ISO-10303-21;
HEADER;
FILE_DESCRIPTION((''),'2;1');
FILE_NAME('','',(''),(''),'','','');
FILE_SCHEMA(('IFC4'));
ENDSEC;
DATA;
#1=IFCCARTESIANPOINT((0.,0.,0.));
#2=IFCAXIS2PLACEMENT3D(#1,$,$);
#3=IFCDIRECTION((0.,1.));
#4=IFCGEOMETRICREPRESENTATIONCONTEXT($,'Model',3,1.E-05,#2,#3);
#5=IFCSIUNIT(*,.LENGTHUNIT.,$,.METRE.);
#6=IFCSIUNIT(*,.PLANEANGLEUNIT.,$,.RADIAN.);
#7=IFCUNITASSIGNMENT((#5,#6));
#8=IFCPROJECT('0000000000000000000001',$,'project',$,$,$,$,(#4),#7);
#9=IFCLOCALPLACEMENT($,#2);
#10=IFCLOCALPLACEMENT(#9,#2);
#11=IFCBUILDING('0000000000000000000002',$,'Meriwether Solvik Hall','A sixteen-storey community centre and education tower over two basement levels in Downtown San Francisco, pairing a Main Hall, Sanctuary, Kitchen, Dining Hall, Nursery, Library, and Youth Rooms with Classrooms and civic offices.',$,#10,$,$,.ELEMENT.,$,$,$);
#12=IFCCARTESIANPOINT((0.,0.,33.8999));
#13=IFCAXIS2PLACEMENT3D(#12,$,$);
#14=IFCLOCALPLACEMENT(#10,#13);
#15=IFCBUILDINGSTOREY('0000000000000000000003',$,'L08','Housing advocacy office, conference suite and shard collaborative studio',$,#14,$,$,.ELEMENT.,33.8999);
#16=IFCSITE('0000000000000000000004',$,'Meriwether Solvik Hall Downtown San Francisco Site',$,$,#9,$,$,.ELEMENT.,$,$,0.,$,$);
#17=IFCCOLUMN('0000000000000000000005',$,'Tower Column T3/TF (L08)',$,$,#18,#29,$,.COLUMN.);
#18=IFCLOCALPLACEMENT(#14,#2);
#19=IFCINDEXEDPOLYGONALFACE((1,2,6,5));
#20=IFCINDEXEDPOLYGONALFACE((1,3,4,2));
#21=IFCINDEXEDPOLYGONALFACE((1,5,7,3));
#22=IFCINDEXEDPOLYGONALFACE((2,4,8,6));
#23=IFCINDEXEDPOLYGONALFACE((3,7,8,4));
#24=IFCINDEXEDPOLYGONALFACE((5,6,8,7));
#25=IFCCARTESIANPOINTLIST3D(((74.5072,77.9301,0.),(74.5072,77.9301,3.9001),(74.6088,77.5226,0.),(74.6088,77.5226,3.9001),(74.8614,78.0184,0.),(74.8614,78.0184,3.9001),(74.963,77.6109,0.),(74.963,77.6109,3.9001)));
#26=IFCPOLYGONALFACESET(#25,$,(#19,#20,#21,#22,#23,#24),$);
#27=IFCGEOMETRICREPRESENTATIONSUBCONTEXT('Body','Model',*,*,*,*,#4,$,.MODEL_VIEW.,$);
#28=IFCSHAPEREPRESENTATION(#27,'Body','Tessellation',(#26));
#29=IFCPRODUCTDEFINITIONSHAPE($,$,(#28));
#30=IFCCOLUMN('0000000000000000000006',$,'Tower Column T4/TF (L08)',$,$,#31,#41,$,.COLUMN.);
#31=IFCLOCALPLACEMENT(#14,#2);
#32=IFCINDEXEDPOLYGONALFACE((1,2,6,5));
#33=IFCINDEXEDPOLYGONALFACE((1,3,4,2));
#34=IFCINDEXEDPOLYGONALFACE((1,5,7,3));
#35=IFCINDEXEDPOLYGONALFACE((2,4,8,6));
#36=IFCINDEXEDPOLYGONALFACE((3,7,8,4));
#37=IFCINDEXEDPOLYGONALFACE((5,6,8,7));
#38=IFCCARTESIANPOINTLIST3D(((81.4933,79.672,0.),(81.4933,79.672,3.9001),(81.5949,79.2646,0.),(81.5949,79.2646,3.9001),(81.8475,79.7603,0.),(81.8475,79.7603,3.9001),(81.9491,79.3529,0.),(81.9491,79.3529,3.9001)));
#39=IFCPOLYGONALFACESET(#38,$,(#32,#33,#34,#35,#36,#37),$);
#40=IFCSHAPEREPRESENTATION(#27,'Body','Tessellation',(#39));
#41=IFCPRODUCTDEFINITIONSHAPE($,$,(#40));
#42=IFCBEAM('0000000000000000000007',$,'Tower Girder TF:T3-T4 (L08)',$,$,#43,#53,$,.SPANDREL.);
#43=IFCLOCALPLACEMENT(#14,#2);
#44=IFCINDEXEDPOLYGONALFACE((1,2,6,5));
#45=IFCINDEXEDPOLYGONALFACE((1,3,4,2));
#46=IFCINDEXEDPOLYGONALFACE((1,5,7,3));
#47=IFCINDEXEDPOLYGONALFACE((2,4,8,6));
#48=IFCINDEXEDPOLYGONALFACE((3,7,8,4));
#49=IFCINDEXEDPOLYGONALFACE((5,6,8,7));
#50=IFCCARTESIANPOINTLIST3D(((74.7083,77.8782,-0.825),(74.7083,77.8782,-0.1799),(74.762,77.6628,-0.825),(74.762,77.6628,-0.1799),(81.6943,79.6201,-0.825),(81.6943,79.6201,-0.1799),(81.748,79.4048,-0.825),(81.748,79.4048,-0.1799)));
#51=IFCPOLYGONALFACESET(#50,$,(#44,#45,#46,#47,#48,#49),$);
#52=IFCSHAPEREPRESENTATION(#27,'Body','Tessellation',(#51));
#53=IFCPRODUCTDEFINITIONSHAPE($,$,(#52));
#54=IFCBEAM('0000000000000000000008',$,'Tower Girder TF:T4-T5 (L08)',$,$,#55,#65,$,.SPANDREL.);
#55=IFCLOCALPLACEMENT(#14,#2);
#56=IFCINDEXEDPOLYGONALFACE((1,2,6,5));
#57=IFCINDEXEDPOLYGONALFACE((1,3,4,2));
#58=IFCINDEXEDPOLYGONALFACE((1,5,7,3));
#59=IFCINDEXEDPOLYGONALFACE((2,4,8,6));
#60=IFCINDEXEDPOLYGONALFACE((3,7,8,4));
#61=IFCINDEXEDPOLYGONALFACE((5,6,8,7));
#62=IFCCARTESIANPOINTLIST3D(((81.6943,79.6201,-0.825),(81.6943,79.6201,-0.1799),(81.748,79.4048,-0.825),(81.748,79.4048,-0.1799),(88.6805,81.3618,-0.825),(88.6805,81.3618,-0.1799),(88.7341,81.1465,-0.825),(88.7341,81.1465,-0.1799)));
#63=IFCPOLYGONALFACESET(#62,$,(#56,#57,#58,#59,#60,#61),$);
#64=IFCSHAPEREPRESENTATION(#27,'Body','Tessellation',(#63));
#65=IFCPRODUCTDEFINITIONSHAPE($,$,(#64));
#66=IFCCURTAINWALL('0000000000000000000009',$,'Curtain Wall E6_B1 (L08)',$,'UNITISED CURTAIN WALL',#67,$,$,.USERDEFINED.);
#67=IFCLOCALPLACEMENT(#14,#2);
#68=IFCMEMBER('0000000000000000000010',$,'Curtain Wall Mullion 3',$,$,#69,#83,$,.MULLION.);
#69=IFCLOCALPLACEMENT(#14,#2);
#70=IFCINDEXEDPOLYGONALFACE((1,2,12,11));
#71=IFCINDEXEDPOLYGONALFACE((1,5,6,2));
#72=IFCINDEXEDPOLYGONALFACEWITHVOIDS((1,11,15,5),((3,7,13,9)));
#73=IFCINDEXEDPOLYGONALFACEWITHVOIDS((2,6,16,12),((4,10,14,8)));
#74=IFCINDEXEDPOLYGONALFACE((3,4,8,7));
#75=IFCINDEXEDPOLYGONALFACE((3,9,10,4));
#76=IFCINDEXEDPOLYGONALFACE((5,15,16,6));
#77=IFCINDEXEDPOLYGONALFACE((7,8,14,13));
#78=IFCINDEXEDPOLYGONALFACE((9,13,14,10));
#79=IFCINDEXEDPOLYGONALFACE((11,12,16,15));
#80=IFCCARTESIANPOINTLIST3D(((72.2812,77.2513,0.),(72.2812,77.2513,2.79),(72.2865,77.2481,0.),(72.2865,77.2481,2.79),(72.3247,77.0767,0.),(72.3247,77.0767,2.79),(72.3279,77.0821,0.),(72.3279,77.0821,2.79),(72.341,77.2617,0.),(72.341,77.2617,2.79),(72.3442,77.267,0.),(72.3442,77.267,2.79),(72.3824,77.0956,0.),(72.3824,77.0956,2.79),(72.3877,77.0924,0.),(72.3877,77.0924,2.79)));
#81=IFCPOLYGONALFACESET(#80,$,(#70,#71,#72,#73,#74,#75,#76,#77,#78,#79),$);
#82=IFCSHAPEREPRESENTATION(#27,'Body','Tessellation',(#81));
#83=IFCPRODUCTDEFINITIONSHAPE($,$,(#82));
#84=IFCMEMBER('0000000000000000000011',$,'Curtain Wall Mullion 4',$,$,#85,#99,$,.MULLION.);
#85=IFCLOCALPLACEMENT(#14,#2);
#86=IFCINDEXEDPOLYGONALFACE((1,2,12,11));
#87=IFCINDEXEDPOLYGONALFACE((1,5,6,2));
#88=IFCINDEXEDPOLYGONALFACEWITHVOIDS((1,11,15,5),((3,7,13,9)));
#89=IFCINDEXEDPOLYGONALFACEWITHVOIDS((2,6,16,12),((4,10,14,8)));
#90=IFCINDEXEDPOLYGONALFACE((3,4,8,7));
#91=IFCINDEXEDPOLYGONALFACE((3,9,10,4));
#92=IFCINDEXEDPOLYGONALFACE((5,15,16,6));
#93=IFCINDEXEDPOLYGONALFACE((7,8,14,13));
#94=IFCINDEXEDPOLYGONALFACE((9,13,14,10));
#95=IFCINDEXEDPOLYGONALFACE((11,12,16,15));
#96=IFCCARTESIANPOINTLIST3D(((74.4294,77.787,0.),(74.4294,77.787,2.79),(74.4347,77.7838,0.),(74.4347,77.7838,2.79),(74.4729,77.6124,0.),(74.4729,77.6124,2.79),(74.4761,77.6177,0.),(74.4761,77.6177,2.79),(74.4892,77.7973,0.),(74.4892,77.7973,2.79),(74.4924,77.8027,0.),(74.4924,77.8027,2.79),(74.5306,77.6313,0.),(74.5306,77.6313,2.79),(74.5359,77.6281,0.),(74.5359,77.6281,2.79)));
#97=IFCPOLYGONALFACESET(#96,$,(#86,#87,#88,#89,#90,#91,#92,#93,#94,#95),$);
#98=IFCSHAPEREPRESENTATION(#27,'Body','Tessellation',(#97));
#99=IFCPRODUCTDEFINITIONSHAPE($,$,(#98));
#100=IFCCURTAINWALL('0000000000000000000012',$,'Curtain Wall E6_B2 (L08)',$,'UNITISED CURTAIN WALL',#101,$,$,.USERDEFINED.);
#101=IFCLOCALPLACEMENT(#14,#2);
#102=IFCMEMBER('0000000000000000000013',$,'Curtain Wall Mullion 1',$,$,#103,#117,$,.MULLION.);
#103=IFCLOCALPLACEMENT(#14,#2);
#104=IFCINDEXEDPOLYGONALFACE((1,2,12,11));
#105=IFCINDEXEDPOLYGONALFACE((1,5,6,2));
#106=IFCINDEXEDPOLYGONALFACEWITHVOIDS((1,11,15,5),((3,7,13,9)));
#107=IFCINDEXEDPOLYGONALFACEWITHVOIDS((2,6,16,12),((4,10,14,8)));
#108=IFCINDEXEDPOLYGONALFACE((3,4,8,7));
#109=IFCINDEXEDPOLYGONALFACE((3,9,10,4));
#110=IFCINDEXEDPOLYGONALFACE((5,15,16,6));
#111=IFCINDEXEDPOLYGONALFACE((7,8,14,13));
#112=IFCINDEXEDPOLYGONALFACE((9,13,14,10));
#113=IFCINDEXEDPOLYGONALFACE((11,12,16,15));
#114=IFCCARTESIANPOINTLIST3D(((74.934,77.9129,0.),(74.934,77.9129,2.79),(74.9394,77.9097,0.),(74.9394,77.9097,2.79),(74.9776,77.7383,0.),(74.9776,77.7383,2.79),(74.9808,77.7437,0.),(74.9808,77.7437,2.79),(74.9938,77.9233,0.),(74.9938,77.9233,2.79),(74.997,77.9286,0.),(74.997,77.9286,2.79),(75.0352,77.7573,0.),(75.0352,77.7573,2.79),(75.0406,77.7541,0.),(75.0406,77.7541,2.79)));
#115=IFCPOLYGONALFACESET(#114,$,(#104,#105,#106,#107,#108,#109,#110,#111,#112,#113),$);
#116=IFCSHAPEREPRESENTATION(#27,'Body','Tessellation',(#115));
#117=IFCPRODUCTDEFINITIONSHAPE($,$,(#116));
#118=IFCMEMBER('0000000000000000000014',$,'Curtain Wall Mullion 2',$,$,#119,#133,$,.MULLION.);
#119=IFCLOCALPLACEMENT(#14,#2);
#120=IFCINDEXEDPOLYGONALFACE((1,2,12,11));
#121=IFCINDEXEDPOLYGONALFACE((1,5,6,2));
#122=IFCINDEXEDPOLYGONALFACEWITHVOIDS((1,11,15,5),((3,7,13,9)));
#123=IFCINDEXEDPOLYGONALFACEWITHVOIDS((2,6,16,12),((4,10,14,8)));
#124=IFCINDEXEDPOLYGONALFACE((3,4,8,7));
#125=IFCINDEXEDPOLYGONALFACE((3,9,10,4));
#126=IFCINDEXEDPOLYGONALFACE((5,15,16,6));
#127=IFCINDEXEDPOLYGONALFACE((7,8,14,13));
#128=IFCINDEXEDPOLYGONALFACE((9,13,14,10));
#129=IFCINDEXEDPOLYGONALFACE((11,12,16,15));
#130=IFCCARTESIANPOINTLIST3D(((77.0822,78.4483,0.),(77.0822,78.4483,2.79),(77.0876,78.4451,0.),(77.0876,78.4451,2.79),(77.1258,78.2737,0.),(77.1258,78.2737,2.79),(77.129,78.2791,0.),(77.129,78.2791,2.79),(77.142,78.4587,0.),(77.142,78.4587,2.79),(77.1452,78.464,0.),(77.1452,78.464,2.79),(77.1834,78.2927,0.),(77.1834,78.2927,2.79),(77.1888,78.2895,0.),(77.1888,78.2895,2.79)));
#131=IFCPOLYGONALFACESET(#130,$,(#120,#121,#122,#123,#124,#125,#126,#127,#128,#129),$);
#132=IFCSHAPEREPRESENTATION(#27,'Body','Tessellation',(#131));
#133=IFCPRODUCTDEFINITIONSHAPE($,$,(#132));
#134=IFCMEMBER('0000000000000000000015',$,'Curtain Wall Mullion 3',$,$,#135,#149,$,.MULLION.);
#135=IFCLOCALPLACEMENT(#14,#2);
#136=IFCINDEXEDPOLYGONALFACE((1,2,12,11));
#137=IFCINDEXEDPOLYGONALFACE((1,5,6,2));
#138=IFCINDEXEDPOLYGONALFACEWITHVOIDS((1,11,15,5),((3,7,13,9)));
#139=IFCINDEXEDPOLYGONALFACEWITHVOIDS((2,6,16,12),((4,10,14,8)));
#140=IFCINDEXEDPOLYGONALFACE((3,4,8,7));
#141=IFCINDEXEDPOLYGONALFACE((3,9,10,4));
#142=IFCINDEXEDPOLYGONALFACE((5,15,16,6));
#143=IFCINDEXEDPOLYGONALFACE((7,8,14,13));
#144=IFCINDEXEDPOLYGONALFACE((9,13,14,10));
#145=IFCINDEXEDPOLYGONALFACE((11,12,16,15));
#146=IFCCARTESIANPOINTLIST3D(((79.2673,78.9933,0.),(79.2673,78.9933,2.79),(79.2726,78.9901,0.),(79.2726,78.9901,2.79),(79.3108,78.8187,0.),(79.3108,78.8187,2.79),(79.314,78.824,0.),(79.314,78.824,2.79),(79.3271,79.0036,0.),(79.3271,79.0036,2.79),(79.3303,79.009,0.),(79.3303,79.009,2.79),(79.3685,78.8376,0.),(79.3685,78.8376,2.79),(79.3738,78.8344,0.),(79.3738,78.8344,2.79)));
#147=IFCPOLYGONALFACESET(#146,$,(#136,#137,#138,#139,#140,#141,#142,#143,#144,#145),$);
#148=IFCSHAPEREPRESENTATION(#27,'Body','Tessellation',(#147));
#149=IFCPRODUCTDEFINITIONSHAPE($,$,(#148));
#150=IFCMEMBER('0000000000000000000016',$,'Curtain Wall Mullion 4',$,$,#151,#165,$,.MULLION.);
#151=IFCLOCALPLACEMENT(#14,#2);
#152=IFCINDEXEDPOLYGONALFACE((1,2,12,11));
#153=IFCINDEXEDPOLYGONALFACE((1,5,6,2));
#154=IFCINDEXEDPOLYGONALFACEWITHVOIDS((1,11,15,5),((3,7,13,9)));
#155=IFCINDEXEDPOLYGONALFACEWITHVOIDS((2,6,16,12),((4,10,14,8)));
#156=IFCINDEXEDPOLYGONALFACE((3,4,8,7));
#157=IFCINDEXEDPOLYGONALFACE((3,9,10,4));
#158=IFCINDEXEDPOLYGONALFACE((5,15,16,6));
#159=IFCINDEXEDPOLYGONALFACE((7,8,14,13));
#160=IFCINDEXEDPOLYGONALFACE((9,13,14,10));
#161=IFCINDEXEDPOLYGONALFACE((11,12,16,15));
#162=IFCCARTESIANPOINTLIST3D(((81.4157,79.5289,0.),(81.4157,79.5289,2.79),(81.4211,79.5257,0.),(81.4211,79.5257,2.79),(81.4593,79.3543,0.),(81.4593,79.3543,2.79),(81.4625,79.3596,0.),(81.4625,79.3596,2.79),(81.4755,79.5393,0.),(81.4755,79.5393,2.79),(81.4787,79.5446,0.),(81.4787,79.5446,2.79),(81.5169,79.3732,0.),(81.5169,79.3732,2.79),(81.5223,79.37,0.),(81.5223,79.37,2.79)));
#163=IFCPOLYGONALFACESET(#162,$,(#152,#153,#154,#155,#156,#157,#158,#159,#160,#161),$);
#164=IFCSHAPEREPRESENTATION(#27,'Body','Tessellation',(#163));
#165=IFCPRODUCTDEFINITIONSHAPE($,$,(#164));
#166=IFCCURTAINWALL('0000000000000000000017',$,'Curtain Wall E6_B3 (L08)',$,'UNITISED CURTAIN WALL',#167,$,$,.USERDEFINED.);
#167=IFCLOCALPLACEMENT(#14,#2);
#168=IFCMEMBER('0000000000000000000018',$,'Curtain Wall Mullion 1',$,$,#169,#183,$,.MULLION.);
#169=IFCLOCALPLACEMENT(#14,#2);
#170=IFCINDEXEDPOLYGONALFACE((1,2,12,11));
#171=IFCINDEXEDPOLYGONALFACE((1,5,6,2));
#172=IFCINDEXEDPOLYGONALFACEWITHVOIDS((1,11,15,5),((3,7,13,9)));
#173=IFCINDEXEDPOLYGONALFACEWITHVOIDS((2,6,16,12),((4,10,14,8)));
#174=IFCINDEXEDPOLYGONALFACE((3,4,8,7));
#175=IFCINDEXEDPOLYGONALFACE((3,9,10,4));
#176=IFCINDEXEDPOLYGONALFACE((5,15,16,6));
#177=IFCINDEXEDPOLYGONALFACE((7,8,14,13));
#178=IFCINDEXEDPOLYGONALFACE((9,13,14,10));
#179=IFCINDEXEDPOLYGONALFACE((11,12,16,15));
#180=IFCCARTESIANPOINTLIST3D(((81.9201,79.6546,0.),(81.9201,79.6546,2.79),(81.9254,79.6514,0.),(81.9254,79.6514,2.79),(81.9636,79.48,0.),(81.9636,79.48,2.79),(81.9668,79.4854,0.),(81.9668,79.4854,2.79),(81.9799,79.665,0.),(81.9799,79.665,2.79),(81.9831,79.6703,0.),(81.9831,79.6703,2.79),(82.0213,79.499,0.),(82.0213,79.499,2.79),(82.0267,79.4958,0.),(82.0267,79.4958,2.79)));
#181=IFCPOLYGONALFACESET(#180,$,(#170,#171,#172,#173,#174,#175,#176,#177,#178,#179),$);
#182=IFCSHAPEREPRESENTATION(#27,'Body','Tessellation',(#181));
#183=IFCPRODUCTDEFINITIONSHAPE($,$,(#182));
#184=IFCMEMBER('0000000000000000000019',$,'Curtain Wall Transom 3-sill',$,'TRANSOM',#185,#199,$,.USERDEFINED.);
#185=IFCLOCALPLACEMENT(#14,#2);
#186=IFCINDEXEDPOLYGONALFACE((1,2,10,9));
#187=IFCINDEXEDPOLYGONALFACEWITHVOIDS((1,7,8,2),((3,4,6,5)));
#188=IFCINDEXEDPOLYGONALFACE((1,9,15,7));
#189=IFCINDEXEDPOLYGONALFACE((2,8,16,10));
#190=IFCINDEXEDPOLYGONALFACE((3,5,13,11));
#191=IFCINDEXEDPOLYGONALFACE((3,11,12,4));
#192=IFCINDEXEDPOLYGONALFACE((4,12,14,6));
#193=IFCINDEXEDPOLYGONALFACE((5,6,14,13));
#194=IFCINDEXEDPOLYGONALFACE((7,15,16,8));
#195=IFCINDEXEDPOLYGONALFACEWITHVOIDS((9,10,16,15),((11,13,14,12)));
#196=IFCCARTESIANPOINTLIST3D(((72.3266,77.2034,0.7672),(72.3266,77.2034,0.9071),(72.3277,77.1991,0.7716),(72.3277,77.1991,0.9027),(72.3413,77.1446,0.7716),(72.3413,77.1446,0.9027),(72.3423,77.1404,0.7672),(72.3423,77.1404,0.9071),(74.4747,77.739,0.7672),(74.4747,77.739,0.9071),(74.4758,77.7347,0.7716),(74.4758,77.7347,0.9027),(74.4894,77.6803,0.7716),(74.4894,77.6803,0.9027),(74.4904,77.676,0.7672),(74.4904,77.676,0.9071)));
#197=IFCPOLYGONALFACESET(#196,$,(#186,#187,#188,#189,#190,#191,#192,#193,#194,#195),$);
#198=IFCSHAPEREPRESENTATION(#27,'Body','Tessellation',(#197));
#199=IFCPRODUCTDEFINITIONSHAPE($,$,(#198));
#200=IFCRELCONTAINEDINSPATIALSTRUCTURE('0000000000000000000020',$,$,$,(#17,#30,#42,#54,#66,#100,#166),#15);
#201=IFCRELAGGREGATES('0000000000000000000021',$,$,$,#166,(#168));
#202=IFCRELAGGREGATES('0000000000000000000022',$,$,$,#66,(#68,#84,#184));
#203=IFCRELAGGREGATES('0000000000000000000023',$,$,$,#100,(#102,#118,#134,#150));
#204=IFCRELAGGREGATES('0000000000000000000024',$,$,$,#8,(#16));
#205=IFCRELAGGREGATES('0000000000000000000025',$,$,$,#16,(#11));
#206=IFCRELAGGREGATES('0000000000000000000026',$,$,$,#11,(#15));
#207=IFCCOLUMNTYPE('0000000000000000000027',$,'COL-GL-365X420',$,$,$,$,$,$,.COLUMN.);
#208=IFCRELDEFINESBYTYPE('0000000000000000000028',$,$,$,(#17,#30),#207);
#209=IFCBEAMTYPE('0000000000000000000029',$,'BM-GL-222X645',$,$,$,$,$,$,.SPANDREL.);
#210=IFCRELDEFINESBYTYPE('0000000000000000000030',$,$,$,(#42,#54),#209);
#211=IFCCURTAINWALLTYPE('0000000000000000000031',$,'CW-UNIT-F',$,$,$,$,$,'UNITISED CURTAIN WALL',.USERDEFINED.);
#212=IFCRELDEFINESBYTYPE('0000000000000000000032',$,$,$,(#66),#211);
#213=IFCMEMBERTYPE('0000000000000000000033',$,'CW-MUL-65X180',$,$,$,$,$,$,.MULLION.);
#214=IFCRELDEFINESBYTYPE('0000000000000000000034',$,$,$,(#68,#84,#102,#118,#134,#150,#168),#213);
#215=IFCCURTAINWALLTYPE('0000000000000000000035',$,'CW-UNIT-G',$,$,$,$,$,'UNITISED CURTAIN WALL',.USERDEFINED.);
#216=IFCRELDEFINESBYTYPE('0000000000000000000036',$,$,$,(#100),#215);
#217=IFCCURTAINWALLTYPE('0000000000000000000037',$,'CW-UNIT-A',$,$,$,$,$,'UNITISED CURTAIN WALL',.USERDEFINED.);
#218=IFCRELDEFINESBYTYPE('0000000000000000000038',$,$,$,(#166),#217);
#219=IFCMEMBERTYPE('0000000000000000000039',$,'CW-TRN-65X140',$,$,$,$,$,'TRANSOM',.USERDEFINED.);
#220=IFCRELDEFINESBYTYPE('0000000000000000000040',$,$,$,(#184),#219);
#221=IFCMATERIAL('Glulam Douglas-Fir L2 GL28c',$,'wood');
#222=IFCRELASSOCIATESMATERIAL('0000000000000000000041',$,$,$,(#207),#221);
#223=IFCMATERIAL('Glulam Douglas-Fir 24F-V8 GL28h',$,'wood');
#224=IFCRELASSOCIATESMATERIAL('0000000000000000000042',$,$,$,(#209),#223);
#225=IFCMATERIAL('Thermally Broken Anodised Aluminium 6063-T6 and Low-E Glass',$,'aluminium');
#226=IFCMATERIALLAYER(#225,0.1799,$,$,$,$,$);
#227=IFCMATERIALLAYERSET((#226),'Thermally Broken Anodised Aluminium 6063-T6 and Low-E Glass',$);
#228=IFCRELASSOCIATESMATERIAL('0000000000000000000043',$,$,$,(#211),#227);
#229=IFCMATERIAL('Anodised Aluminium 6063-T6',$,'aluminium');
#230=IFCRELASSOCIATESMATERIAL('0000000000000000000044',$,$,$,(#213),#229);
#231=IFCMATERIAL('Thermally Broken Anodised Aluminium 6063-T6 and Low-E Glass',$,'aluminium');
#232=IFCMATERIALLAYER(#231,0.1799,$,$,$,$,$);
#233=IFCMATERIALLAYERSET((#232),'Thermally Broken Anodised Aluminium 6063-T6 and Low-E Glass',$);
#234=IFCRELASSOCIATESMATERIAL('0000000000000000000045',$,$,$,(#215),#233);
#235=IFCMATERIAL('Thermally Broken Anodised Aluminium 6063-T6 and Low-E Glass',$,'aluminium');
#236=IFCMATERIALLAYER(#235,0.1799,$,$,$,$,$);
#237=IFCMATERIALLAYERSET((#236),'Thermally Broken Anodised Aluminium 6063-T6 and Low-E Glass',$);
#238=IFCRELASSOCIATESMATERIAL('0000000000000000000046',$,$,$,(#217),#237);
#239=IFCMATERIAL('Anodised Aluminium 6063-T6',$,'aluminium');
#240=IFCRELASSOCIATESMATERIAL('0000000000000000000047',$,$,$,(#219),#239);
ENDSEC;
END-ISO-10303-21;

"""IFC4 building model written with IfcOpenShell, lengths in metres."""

from ifc_helpers import new_model, si_unit, direction, frame, origin, origin_2d, place, context, subcontext, project, spatial, rectangle, hollow_rectangle, extrude, material, layer, layer_set, material_profile, profile_set, type_object, element, aggregate, save


model = new_model("IFC4")

# Units and contexts
model_context = context("Model", 3, precision=1e-05, world=origin(), true_north=direction((0.0, 1.0)))
body_context = subcontext(model_context, "Body", "Model", "MODEL_VIEW")
ifc_project = project(units=[si_unit("LENGTHUNIT", "METRE"), si_unit("PLANEANGLEUNIT", "RADIAN")], contexts=[model_context])

# Site, building, storey
site_placement = place(None, origin())
site = spatial("IfcSite", under=ifc_project, at=site_placement, Name="Meriwether Solvik Hall Downtown San Francisco Site", CompositionType="ELEMENT", RefElevation=0.0)
building_placement = place(site_placement, origin())
building = spatial("IfcBuilding", under=site, at=building_placement, Name="Meriwether Solvik Hall", Description="A sixteen-storey community centre and education tower over two basement levels in Downtown San Francisco, pairing a Main Hall, Sanctuary, Kitchen, Dining Hall, Nursery, Library, and Youth Rooms with Classrooms and civic offices.", CompositionType="ELEMENT")
storey_placement = place(building_placement, frame((0.0, 0.0, 33.8999)))
storey = spatial("IfcBuildingStorey", under=building, at=storey_placement, Name="L08", Description="Housing advocacy office, conference suite and shard collaborative studio", CompositionType="ELEMENT", Elevation=33.8999)

# Columns
ifc_material_1 = material(Name="Glulam Douglas-Fir L2 GL28c", Category="wood")
ifc_material_profile_1 = material_profile(ifc_material_1, rectangle(XDim=0.365, YDim=0.4199, at=origin_2d()), Name="GLC-365X420")
ifc_profile_set_1 = profile_set([ifc_material_profile_1], Name="Glulam Douglas-Fir L2 GL28c")
column_type = type_object("IfcColumnType", Name="COL-GL-365X420", PredefinedType="COLUMN", material=ifc_profile_set_1)
for number, where, z_axis, x_axis, name in (
    (1, (74.7351, 77.7705, 0.0), (0.0, 0.0, 1.0), (0.970296, 0.241922, 0.0), "Tower Column T3/TF (L08)"),
    (2, (81.7212, 79.5125, 0.0), (0.0, 0.0, 1.0), (0.970296, 0.241922, 0.0), "Tower Column T4/TF (L08)"),
):
    element("IfcColumn", number, at=place(storey_placement, frame(where, z_axis=z_axis, x_axis=x_axis)), inside=storey, type_object=column_type, Name=name, PredefinedType="COLUMN", context=body_context, shape_type="SweptSolid", body=[
        extrude(rectangle(XDim=0.365, YDim=0.4199, at=origin_2d()), origin(), (0.0, 0.0, 1.0), 3.9001),
    ])

# Beams
ifc_material_2 = material(Name="Glulam Douglas-Fir 24F-V8 GL28h", Category="wood")
ifc_material_profile_2 = material_profile(ifc_material_2, rectangle(XDim=0.2219, YDim=0.645, at=origin_2d()), Name="GLB-222X645")
ifc_profile_set_2 = profile_set([ifc_material_profile_2], Name="Glulam Douglas-Fir 24F-V8 GL28h")
beam_type_1 = type_object("IfcBeamType", Name="BM-GL-222X645", PredefinedType="SPANDREL", material=ifc_profile_set_2)
for number, where, z_axis, x_axis, name in (
    (3, (74.7351, 77.7705, -0.5024), (0.970292, 0.241937, 0.0), (-0.241937, 0.970292, 0.0), "Tower Girder TF:T3-T4 (L08)"),
    (4, (81.7212, 79.5125, -0.5024), (0.9703, 0.241905, 0.0), (-0.241905, 0.9703, 0.0), "Tower Girder TF:T4-T5 (L08)"),
):
    element("IfcBeam", number, at=place(storey_placement, frame(where, z_axis=z_axis, x_axis=x_axis)), inside=storey, type_object=beam_type_1, Name=name, PredefinedType="SPANDREL", context=body_context, shape_type="SweptSolid", body=[
        extrude(rectangle(XDim=0.2219, YDim=0.645, at=origin_2d()), origin(), (0.0, 0.0, 1.0), 7.2),
    ])

# Curtain walls, members
ifc_material_3 = material(Name="Thermally Broken Anodised Aluminium 6063-T6 and Low-E Glass", Category="aluminium")
ifc_layer_1 = layer(ifc_material_3, 0.1799)
ifc_layer_set_1 = layer_set([ifc_layer_1], Name="Thermally Broken Anodised Aluminium 6063-T6 and Low-E Glass")
curtain_wall_type_1 = type_object("IfcCurtainWallType", Name="CW-UNIT-F", ElementType="UNITISED CURTAIN WALL", PredefinedType="USERDEFINED", material=ifc_layer_set_1)
curtain_wall_1_placement = place(storey_placement, origin())
curtain_wall_1 = element("IfcCurtainWall", 5, at=curtain_wall_1_placement, inside=storey, type_object=curtain_wall_type_1, Name="Curtain Wall E6_B1 (L08)", ObjectType="UNITISED CURTAIN WALL", PredefinedType="USERDEFINED")
ifc_material_4 = material(Name="Anodised Aluminium 6063-T6", Category="aluminium")
ifc_material_profile_3 = material_profile(ifc_material_4, hollow_rectangle(XDim=0.0649, YDim=0.1799, WallThickness=0.0044, at=origin_2d()), Name="CWM-65X180")
ifc_profile_set_3 = profile_set([ifc_material_profile_3], Name="Anodised Aluminium 6063-T6")
member_type_1 = type_object("IfcMemberType", Name="CW-MUL-65X180", PredefinedType="MULLION", material=ifc_profile_set_3)
member_1_placement = place(storey_placement, frame((72.3345, 77.1719, 0.0), z_axis=(0.0, 0.0, 1.0), x_axis=(0.970296, 0.241922, 0.0)))
member_1 = element("IfcMember", 6, at=member_1_placement, type_object=member_type_1, Name="Curtain Wall Mullion 3", PredefinedType="MULLION", context=body_context, shape_type="SweptSolid", body=[
    extrude(hollow_rectangle(XDim=0.0649, YDim=0.1799, WallThickness=0.0044, at=origin_2d()), origin(), (0.0, 0.0, 1.0), 2.79),
])
member_2_placement = place(storey_placement, frame((74.4827, 77.7075, 0.0), z_axis=(0.0, 0.0, 1.0), x_axis=(0.970296, 0.241922, 0.0)))
member_2 = element("IfcMember", 7, at=member_2_placement, type_object=member_type_1, Name="Curtain Wall Mullion 4", PredefinedType="MULLION", context=body_context, shape_type="SweptSolid", body=[
    extrude(hollow_rectangle(XDim=0.0649, YDim=0.1799, WallThickness=0.0044, at=origin_2d()), origin(), (0.0, 0.0, 1.0), 2.79),
])
ifc_material_5 = material(Name="Thermally Broken Anodised Aluminium 6063-T6 and Low-E Glass", Category="aluminium")
ifc_layer_2 = layer(ifc_material_5, 0.1799)
ifc_layer_set_2 = layer_set([ifc_layer_2], Name="Thermally Broken Anodised Aluminium 6063-T6 and Low-E Glass")
curtain_wall_type_2 = type_object("IfcCurtainWallType", Name="CW-UNIT-G", ElementType="UNITISED CURTAIN WALL", PredefinedType="USERDEFINED", material=ifc_layer_set_2)
curtain_wall_2_placement = place(storey_placement, origin())
curtain_wall_2 = element("IfcCurtainWall", 8, at=curtain_wall_2_placement, inside=storey, type_object=curtain_wall_type_2, Name="Curtain Wall E6_B2 (L08)", ObjectType="UNITISED CURTAIN WALL", PredefinedType="USERDEFINED")
member_3_placement = place(storey_placement, frame((74.9873, 77.8335, 0.0), z_axis=(0.0, 0.0, 1.0), x_axis=(0.970296, 0.241922, 0.0)))
member_3 = element("IfcMember", 9, at=member_3_placement, type_object=member_type_1, Name="Curtain Wall Mullion 1", PredefinedType="MULLION", context=body_context, shape_type="SweptSolid", body=[
    extrude(hollow_rectangle(XDim=0.0649, YDim=0.1799, WallThickness=0.0044, at=origin_2d()), origin(), (0.0, 0.0, 1.0), 2.79),
])
member_4_placement = place(storey_placement, frame((77.1355, 78.3689, 0.0), z_axis=(0.0, 0.0, 1.0), x_axis=(0.970296, 0.241922, 0.0)))
member_4 = element("IfcMember", 10, at=member_4_placement, type_object=member_type_1, Name="Curtain Wall Mullion 2", PredefinedType="MULLION", context=body_context, shape_type="SweptSolid", body=[
    extrude(hollow_rectangle(XDim=0.0649, YDim=0.1799, WallThickness=0.0044, at=origin_2d()), origin(), (0.0, 0.0, 1.0), 2.79),
])
member_5_placement = place(storey_placement, frame((79.3206, 78.9138, 0.0), z_axis=(0.0, 0.0, 1.0), x_axis=(0.970296, 0.241922, 0.0)))
member_5 = element("IfcMember", 11, at=member_5_placement, type_object=member_type_1, Name="Curtain Wall Mullion 3", PredefinedType="MULLION", context=body_context, shape_type="SweptSolid", body=[
    extrude(hollow_rectangle(XDim=0.0649, YDim=0.1799, WallThickness=0.0044, at=origin_2d()), origin(), (0.0, 0.0, 1.0), 2.79),
])
member_6_placement = place(storey_placement, frame((81.469, 79.4495, 0.0), z_axis=(0.0, 0.0, 1.0), x_axis=(0.970296, 0.241922, 0.0)))
member_6 = element("IfcMember", 12, at=member_6_placement, type_object=member_type_1, Name="Curtain Wall Mullion 4", PredefinedType="MULLION", context=body_context, shape_type="SweptSolid", body=[
    extrude(hollow_rectangle(XDim=0.0649, YDim=0.1799, WallThickness=0.0044, at=origin_2d()), origin(), (0.0, 0.0, 1.0), 2.79),
])

# Curtain wall, member
ifc_material_6 = material(Name="Thermally Broken Anodised Aluminium 6063-T6 and Low-E Glass", Category="aluminium")
ifc_layer_3 = layer(ifc_material_6, 0.1799)
ifc_layer_set_3 = layer_set([ifc_layer_3], Name="Thermally Broken Anodised Aluminium 6063-T6 and Low-E Glass")
curtain_wall_type_3 = type_object("IfcCurtainWallType", Name="CW-UNIT-A", ElementType="UNITISED CURTAIN WALL", PredefinedType="USERDEFINED", material=ifc_layer_set_3)
curtain_wall_3_placement = place(storey_placement, origin())
curtain_wall_3 = element("IfcCurtainWall", 13, at=curtain_wall_3_placement, inside=storey, type_object=curtain_wall_type_3, Name="Curtain Wall E6_B3 (L08)", ObjectType="UNITISED CURTAIN WALL", PredefinedType="USERDEFINED")
member_7_placement = place(storey_placement, frame((81.9734, 79.5752, 0.0), z_axis=(0.0, 0.0, 1.0), x_axis=(0.970296, 0.241922, 0.0)))
member_7 = element("IfcMember", 14, at=member_7_placement, type_object=member_type_1, Name="Curtain Wall Mullion 1", PredefinedType="MULLION", context=body_context, shape_type="SweptSolid", body=[
    extrude(hollow_rectangle(XDim=0.0649, YDim=0.1799, WallThickness=0.0044, at=origin_2d()), origin(), (0.0, 0.0, 1.0), 2.79),
])

# Member
ifc_material_7 = material(Name="Anodised Aluminium 6063-T6", Category="aluminium")
ifc_material_profile_4 = material_profile(ifc_material_7, hollow_rectangle(XDim=0.0649, YDim=0.1399, WallThickness=0.0044, at=origin_2d()), Name="CWT-65X140")
ifc_profile_set_4 = profile_set([ifc_material_profile_4], Name="Anodised Aluminium 6063-T6")
member_type_2 = type_object("IfcMemberType", Name="CW-TRN-65X140", ElementType="TRANSOM", PredefinedType="USERDEFINED", material=ifc_profile_set_4)
member_8_placement = place(storey_placement, frame((72.3345, 77.1719, 0.8372), z_axis=(0.970292, 0.241939, 0.0), x_axis=(-0.241939, 0.970292, 0.0)))
member_8 = element("IfcMember", 15, at=member_8_placement, type_object=member_type_2, Name="Curtain Wall Transom 3-sill", ObjectType="TRANSOM", PredefinedType="USERDEFINED", context=body_context, shape_type="SweptSolid", body=[
    extrude(hollow_rectangle(XDim=0.0649, YDim=0.1399, WallThickness=0.0044, at=origin_2d()), origin(), (0.0, 0.0, 1.0), 2.2139),
])
aggregate(curtain_wall_3, [member_7])

aggregate(curtain_wall_1, [member_1, member_2, member_8])
aggregate(curtain_wall_2, [member_3, member_4, member_5, member_6])

save(model, "model.ifc")
